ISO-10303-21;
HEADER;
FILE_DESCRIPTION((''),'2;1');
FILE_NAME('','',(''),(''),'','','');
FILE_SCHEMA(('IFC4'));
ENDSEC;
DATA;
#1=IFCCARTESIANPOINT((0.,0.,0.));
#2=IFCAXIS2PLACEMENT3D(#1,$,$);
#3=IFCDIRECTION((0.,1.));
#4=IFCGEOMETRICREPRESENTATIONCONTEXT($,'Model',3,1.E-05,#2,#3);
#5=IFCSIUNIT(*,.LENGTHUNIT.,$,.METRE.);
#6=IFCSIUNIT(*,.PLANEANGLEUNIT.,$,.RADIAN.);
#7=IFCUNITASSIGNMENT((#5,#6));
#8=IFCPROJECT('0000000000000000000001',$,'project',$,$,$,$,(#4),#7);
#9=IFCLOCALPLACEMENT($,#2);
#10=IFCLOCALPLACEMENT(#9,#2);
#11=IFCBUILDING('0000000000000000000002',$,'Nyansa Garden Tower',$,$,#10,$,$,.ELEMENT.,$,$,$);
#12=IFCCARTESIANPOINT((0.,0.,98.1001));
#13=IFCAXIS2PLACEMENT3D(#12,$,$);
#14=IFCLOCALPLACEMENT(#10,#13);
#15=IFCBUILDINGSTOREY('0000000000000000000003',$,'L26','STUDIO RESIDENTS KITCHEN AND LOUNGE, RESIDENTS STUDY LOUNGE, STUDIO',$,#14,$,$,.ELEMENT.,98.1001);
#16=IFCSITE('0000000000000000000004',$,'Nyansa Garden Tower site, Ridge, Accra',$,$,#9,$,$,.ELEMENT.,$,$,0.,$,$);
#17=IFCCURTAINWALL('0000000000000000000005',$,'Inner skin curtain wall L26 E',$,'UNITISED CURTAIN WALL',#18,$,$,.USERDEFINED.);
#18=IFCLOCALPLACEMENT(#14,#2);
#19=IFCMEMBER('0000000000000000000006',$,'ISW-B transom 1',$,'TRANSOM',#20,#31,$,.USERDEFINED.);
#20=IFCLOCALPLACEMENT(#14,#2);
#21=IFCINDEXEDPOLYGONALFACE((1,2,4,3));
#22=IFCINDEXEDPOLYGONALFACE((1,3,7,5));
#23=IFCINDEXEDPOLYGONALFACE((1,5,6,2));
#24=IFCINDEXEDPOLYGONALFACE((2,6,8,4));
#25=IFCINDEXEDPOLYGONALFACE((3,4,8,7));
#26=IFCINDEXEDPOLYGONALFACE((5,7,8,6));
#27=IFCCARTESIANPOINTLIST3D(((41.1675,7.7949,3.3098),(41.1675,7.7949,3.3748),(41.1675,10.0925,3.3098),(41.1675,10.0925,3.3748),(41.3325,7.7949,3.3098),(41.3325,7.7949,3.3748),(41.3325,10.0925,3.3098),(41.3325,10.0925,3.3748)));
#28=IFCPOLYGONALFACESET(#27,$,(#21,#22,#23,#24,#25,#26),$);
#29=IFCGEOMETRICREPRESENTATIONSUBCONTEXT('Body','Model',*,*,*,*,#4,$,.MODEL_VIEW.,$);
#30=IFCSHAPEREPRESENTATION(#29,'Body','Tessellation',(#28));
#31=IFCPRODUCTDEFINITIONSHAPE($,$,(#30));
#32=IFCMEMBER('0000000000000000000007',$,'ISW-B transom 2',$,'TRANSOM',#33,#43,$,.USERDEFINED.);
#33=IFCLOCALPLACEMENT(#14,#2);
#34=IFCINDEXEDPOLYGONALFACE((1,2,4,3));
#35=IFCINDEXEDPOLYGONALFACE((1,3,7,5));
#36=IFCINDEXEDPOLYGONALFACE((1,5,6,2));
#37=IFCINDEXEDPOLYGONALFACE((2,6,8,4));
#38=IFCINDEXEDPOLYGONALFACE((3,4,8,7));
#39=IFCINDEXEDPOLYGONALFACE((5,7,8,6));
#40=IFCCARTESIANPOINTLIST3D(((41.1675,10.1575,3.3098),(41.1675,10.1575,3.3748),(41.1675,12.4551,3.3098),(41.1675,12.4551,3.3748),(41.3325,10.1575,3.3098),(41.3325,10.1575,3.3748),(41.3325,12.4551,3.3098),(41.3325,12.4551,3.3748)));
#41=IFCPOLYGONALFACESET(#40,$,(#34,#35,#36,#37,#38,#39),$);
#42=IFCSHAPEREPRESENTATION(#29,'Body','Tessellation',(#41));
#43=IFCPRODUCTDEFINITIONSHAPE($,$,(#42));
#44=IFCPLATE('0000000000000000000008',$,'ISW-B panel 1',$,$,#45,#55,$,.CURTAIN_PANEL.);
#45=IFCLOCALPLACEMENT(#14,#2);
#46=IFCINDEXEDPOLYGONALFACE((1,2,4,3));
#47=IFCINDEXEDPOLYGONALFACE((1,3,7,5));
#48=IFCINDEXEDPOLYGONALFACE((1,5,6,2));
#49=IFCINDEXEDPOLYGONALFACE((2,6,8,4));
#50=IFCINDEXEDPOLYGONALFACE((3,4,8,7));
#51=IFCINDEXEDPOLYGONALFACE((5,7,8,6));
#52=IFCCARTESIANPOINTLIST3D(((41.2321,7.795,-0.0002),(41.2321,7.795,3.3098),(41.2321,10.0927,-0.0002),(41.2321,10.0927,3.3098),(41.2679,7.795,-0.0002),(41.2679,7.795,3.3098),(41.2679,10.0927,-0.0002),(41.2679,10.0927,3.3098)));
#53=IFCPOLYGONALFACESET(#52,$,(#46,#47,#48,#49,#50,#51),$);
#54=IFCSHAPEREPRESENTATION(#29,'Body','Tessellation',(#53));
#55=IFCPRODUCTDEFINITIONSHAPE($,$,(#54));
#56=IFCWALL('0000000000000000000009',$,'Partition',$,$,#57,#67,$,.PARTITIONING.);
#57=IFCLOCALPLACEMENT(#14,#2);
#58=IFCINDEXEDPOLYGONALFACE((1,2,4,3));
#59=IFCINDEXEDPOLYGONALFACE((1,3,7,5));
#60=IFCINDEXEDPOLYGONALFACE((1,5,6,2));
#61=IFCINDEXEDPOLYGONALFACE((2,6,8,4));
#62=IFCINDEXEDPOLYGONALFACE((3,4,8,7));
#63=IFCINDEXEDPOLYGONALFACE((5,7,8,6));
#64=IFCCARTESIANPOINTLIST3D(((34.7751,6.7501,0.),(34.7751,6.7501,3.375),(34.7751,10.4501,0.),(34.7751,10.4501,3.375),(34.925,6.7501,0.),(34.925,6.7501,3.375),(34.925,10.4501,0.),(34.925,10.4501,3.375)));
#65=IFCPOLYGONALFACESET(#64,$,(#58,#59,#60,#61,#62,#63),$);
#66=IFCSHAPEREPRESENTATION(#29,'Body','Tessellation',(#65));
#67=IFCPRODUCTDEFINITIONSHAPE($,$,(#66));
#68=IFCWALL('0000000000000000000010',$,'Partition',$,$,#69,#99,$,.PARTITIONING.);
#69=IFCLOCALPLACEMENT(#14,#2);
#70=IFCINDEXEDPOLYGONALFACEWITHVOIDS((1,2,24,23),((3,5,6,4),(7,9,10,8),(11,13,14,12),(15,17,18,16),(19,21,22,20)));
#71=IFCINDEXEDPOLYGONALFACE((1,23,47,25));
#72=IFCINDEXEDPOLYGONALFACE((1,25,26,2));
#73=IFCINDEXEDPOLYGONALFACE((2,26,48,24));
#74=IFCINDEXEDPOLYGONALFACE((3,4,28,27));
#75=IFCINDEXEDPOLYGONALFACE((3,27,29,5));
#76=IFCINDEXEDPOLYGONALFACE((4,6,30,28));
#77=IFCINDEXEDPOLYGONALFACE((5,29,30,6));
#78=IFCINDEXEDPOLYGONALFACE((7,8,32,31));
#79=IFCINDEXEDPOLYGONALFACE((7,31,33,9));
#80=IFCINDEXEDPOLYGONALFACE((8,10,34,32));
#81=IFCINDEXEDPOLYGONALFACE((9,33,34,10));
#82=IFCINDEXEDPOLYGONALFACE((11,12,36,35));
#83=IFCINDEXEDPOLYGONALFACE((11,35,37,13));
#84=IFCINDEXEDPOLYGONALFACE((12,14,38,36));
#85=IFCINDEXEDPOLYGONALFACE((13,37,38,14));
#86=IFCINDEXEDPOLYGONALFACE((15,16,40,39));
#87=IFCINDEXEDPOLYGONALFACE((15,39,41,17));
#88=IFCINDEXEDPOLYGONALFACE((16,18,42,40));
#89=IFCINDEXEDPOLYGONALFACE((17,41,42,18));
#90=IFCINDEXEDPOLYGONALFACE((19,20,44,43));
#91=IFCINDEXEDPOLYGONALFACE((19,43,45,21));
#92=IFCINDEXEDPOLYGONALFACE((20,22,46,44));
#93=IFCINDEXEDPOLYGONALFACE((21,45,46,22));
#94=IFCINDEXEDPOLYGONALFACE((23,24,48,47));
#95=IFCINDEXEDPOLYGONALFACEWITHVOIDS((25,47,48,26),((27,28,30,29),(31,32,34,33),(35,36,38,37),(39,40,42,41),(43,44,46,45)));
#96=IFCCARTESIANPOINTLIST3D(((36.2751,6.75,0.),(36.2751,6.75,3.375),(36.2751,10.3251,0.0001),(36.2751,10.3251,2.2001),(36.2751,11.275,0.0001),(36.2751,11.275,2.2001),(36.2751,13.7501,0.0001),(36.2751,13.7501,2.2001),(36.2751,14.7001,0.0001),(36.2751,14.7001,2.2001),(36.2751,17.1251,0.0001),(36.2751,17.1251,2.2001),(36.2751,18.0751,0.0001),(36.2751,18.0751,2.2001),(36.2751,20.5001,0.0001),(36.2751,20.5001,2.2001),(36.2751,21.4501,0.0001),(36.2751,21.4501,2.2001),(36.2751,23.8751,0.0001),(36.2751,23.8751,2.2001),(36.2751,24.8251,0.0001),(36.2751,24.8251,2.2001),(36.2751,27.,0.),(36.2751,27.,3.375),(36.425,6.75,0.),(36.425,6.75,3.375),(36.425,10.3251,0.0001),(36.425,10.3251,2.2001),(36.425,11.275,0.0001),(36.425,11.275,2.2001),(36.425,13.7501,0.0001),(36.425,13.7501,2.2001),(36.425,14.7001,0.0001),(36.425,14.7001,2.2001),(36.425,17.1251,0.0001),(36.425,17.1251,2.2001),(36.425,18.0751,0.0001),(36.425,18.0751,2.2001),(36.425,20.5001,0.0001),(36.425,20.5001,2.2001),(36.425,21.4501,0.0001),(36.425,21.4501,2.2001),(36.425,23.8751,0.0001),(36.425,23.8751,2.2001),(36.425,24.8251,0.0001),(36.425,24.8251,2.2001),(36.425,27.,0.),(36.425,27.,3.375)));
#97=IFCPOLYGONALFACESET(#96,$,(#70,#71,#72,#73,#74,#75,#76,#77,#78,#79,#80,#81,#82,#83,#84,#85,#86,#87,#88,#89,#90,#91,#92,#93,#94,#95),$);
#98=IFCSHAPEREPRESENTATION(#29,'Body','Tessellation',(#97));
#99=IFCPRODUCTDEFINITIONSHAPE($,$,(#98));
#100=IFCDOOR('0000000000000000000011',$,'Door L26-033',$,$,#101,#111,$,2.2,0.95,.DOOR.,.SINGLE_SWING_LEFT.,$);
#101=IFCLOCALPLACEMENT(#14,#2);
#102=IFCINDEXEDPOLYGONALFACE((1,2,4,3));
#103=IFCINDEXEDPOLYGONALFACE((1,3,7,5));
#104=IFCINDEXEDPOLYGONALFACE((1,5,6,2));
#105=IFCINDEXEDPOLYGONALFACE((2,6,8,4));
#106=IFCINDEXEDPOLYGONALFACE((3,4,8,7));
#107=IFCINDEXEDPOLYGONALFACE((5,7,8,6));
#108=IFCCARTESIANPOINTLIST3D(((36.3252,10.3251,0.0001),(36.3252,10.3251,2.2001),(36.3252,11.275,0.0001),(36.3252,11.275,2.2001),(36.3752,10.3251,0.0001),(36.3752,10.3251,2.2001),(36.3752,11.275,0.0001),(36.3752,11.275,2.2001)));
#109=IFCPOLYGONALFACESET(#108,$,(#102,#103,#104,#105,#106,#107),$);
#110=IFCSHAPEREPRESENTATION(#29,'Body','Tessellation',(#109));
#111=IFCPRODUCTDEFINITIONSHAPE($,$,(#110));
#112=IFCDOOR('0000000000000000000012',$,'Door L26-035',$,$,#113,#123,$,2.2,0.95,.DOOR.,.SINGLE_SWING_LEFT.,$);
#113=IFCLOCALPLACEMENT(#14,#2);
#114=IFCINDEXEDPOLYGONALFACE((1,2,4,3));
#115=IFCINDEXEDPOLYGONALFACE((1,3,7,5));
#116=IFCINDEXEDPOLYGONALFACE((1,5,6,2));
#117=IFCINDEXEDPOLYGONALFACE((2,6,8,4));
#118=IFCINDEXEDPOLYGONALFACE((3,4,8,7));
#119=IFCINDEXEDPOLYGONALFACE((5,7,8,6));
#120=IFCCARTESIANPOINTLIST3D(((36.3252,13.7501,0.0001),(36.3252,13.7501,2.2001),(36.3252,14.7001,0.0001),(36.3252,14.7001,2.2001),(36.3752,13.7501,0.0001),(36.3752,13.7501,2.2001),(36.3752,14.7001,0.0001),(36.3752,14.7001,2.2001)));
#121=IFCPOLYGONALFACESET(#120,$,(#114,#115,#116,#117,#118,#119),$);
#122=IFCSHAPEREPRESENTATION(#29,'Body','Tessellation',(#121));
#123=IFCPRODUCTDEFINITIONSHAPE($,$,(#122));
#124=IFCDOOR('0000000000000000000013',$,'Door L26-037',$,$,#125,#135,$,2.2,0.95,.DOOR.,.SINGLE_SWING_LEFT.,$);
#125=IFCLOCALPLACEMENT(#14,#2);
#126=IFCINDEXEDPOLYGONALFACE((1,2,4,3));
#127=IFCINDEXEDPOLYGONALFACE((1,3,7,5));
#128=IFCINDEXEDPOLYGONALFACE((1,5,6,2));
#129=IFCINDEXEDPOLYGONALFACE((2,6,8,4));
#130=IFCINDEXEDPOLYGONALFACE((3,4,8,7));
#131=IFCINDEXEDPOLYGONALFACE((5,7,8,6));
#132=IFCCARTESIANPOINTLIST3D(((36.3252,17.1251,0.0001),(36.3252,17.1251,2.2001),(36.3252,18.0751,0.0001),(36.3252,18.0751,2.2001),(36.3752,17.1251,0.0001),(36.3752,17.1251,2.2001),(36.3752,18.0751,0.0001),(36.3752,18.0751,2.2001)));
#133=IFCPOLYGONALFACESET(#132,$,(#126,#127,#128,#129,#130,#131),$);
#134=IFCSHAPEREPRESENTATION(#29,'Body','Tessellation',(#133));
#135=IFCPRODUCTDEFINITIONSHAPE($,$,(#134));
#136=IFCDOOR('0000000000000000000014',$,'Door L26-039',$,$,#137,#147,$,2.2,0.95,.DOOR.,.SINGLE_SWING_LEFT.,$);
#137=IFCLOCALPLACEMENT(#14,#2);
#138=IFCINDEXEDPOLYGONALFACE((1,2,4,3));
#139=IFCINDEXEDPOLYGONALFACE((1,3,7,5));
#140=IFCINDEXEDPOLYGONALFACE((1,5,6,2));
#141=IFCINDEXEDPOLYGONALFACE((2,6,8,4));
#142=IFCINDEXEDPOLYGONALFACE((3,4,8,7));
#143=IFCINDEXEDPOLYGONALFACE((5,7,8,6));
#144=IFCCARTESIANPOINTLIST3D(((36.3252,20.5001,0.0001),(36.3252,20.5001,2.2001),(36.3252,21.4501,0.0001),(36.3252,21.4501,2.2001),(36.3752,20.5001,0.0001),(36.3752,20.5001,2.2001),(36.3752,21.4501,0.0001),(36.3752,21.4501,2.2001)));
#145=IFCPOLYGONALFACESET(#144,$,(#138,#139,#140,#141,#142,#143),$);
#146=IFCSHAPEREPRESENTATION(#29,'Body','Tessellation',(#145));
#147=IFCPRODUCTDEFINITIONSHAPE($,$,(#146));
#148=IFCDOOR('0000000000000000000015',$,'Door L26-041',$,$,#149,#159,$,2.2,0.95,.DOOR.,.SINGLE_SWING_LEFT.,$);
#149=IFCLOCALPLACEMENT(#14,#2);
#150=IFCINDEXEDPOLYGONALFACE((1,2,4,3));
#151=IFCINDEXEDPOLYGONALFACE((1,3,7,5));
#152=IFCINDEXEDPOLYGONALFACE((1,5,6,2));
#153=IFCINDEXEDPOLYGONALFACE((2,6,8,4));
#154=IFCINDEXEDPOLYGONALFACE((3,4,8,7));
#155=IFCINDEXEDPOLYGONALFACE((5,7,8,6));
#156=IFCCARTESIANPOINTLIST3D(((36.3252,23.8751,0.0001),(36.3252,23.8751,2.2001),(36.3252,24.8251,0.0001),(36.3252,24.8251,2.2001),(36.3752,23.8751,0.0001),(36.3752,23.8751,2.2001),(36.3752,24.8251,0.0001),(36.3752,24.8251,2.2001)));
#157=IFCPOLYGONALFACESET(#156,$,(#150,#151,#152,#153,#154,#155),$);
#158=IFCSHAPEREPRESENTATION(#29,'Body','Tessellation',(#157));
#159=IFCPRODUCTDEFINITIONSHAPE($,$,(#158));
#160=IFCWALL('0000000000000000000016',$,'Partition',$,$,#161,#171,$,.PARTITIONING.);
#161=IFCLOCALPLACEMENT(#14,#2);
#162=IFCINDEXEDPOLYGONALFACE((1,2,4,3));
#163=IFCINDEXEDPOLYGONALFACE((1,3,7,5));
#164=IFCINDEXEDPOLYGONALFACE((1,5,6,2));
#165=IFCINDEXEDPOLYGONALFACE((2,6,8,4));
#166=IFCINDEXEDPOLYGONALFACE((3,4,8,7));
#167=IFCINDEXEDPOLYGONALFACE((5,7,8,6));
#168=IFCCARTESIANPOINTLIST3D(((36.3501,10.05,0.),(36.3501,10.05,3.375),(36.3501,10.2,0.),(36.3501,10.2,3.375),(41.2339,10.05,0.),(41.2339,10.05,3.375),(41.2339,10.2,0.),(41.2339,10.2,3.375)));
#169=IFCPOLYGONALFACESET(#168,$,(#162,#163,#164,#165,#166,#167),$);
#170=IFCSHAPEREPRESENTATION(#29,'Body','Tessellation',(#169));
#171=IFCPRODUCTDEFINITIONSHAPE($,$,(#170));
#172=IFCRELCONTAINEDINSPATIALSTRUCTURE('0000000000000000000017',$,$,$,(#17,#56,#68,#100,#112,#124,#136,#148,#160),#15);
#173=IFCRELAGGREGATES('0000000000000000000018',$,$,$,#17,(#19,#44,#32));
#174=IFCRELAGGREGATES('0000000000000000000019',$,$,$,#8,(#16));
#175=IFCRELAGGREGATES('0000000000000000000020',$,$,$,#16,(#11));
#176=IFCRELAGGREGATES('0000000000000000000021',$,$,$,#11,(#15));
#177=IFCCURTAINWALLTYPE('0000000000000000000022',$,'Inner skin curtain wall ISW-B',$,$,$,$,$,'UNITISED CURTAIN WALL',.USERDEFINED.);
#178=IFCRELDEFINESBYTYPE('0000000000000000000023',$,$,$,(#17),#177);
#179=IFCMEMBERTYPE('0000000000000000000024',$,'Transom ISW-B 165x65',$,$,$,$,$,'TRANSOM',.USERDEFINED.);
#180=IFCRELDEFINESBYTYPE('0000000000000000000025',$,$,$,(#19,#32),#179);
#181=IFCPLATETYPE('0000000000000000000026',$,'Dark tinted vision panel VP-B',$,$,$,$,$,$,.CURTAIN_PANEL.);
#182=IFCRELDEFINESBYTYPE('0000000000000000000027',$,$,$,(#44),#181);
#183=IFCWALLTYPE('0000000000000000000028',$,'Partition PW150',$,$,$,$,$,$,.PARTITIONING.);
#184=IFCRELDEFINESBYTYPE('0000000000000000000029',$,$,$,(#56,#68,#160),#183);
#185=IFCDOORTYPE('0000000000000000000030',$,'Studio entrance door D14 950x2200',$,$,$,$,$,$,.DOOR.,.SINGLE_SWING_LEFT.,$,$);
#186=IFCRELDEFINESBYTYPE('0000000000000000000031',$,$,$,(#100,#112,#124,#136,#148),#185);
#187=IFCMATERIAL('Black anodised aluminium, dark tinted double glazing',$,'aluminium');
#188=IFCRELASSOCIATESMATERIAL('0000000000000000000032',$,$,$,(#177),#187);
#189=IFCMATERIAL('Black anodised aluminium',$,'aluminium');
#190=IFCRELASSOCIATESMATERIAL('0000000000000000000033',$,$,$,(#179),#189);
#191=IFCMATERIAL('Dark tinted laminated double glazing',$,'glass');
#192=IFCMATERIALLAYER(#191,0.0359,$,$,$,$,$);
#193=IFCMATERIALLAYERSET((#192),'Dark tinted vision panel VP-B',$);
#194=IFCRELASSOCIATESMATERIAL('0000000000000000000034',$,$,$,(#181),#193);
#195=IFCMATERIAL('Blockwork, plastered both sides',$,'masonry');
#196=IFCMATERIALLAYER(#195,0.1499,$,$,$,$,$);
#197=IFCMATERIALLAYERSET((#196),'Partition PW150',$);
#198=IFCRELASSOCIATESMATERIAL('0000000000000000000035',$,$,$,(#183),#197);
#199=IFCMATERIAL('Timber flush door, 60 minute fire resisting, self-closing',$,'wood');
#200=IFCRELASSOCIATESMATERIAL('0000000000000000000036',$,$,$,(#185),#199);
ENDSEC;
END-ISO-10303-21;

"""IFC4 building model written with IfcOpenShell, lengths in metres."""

from ifc_helpers import new_model, si_unit, direction, frame, frame_2d, origin, origin_2d, place, context, subcontext, project, spatial, rectangle, extrude, material, layer, layer_set, material_profile, profile_set, type_object, element, fill, aggregate, save


model = new_model("IFC4")

# Units and contexts
model_context = context("Model", 3, precision=1e-05, world=origin(), true_north=direction((0.0, 1.0)))
body_context = subcontext(model_context, "Body", "Model", "MODEL_VIEW")
ifc_project = project(units=[si_unit("LENGTHUNIT", "METRE"), si_unit("PLANEANGLEUNIT", "RADIAN")], contexts=[model_context])

# Site, building, storey
site_placement = place(None, origin())
site = spatial("IfcSite", under=ifc_project, at=site_placement, Name="Nyansa Garden Tower site, Ridge, Accra", CompositionType="ELEMENT", RefElevation=0.0)
building_placement = place(site_placement, origin())
building = spatial("IfcBuilding", under=site, at=building_placement, Name="Nyansa Garden Tower", CompositionType="ELEMENT")
storey_placement = place(building_placement, frame((0.0, 0.0, 98.1001)))
storey = spatial("IfcBuildingStorey", under=building, at=storey_placement, Name="L26", Description="STUDIO RESIDENTS KITCHEN AND LOUNGE, RESIDENTS STUDY LOUNGE, STUDIO", CompositionType="ELEMENT", Elevation=98.1001)

# Curtain wall
ifc_material_1 = material(Name="Black anodised aluminium, dark tinted double glazing", Category="aluminium")
curtain_wall_type = type_object("IfcCurtainWallType", Name="Inner skin curtain wall ISW-B", ElementType="UNITISED CURTAIN WALL", PredefinedType="USERDEFINED", material=ifc_material_1)
curtain_wall_placement = place(storey_placement, origin())
curtain_wall = element("IfcCurtainWall", 1, at=curtain_wall_placement, inside=storey, type_object=curtain_wall_type, Name="Inner skin curtain wall L26 E", ObjectType="UNITISED CURTAIN WALL", PredefinedType="USERDEFINED")

# Members
ifc_material_2 = material(Name="Black anodised aluminium", Category="aluminium")
ifc_material_profile_1 = material_profile(ifc_material_2, rectangle(XDim=0.165, YDim=0.0649, at=origin_2d()), Name="Transom 165x65")
ifc_profile_set_1 = profile_set([ifc_material_profile_1], Name="Black anodised aluminium")
member_type_1 = type_object("IfcMemberType", Name="Transom ISW-B 165x65", ElementType="TRANSOM", PredefinedType="USERDEFINED", material=ifc_profile_set_1)
member_1_placement = place(storey_placement, frame((41.25, 7.7949, 3.3423), z_axis=(0.0, 1.0, 0.0), x_axis=(-1.0, 0.0, 0.0)))
member_1 = element("IfcMember", 2, at=member_1_placement, type_object=member_type_1, Name="ISW-B transom 1", ObjectType="TRANSOM", PredefinedType="USERDEFINED", context=body_context, shape_type="SweptSolid", body=[
    extrude(rectangle(XDim=0.165, YDim=0.0649, at=origin_2d()), origin(), (0.0, 0.0, 1.0), 2.2976),
])
member_2_placement = place(storey_placement, frame((41.25, 10.1575, 3.3423), z_axis=(0.0, 1.0, 0.0), x_axis=(-1.0, 0.0, 0.0)))
member_2 = element("IfcMember", 3, at=member_2_placement, type_object=member_type_1, Name="ISW-B transom 2", ObjectType="TRANSOM", PredefinedType="USERDEFINED", context=body_context, shape_type="SweptSolid", body=[
    extrude(rectangle(XDim=0.165, YDim=0.0649, at=origin_2d()), origin(), (0.0, 0.0, 1.0), 2.2976),
])

# Plate
ifc_material_3 = material(Name="Dark tinted laminated double glazing", Category="glass")
ifc_layer_1 = layer(ifc_material_3, 0.0359)
ifc_layer_set_1 = layer_set([ifc_layer_1], Name="Dark tinted vision panel VP-B")
plate_type = type_object("IfcPlateType", Name="Dark tinted vision panel VP-B", PredefinedType="CURTAIN_PANEL", material=ifc_layer_set_1)
plate_placement = place(storey_placement, frame((41.25, 8.9438, -0.0002), z_axis=(0.0, 0.0, 1.0), x_axis=(0.0, 1.0, 0.0)))
plate = element("IfcPlate", 4, at=plate_placement, type_object=plate_type, Name="ISW-B panel 1", PredefinedType="CURTAIN_PANEL", context=body_context, shape_type="SweptSolid", body=[
    extrude(rectangle(XDim=2.2976, YDim=0.0359, at=origin_2d()), origin(), (0.0, 0.0, 1.0), 3.3101),
])
aggregate(curtain_wall, [member_1, plate, member_2])

# Wall
ifc_material_4 = material(Name="Blockwork, plastered both sides", Category="masonry")
ifc_layer_2 = layer(ifc_material_4, 0.1499)
ifc_layer_set_2 = layer_set([ifc_layer_2], Name="Partition PW150")
wall_type = type_object("IfcWallType", Name="Partition PW150", PredefinedType="PARTITIONING", material=ifc_layer_set_2)
wall_1_placement = place(storey_placement, frame((34.8501, 6.75, 0.0), z_axis=(0.0, 0.0, 1.0), x_axis=(0.0, 1.0, 0.0)))
element("IfcWall", 5, at=wall_1_placement, inside=storey, type_object=wall_type, Name="Partition", PredefinedType="PARTITIONING", context=body_context, shape_type="SweptSolid", body=[
    extrude(rectangle(XDim=3.7, YDim=0.1499, at=frame_2d((1.8501, 0.0))), origin(), (0.0, 0.0, 1.0), 3.375),
])

# Wall, openings, doors
wall_2_placement = place(storey_placement, frame((36.3501, 6.75, 0.0), z_axis=(0.0, 0.0, 1.0), x_axis=(0.0, 1.0, 0.0)))
wall_2 = element("IfcWall", 6, at=wall_2_placement, inside=storey, type_object=wall_type, Name="Partition", PredefinedType="PARTITIONING", context=body_context, shape_type="SweptSolid", body=[
    extrude(rectangle(XDim=20.25, YDim=0.1499, at=frame_2d((10.125, 0.0))), origin(), (0.0, 0.0, 1.0), 3.375),
])
opening_1_placement = place(wall_2_placement, frame((3.575, 0.0, 0.0)))
opening_1 = element("IfcOpeningElement", 7, at=opening_1_placement, cuts=wall_2, PredefinedType="OPENING", context=body_context, shape_type="SweptSolid", body=[
    extrude(rectangle(XDim=0.95, YDim=2.2, at=frame_2d((0.4751, 1.1001))), frame((0.0, 0.085, 0.0), z_axis=(0.0, -1.0, 0.0), x_axis=(1.0, 0.0, 0.0)), (0.0, 0.0, 1.0), 0.1699),
])
opening_2_placement = place(wall_2_placement, frame((7.0, 0.0, 0.0)))
opening_2 = element("IfcOpeningElement", 8, at=opening_2_placement, cuts=wall_2, PredefinedType="OPENING", context=body_context, shape_type="SweptSolid", body=[
    extrude(rectangle(XDim=0.95, YDim=2.2, at=frame_2d((0.4751, 1.1001))), frame((0.0, 0.085, 0.0), z_axis=(0.0, -1.0, 0.0), x_axis=(1.0, 0.0, 0.0)), (0.0, 0.0, 1.0), 0.1699),
])
opening_3_placement = place(wall_2_placement, frame((10.375, 0.0, 0.0)))
opening_3 = element("IfcOpeningElement", 9, at=opening_3_placement, cuts=wall_2, PredefinedType="OPENING", context=body_context, shape_type="SweptSolid", body=[
    extrude(rectangle(XDim=0.95, YDim=2.2, at=frame_2d((0.4751, 1.1001))), frame((0.0, 0.085, 0.0), z_axis=(0.0, -1.0, 0.0), x_axis=(1.0, 0.0, 0.0)), (0.0, 0.0, 1.0), 0.1699),
])
opening_4_placement = place(wall_2_placement, frame((13.75, 0.0, 0.0)))
opening_4 = element("IfcOpeningElement", 10, at=opening_4_placement, cuts=wall_2, PredefinedType="OPENING", context=body_context, shape_type="SweptSolid", body=[
    extrude(rectangle(XDim=0.95, YDim=2.2, at=frame_2d((0.4751, 1.1001))), frame((0.0, 0.085, 0.0), z_axis=(0.0, -1.0, 0.0), x_axis=(1.0, 0.0, 0.0)), (0.0, 0.0, 1.0), 0.1699),
])
opening_5_placement = place(wall_2_placement, frame((17.125, 0.0, 0.0)))
opening_5 = element("IfcOpeningElement", 11, at=opening_5_placement, cuts=wall_2, PredefinedType="OPENING", context=body_context, shape_type="SweptSolid", body=[
    extrude(rectangle(XDim=0.95, YDim=2.2, at=frame_2d((0.4751, 1.1001))), frame((0.0, 0.085, 0.0), z_axis=(0.0, -1.0, 0.0), x_axis=(1.0, 0.0, 0.0)), (0.0, 0.0, 1.0), 0.1699),
])
ifc_material_5 = material(Name="Timber flush door, 60 minute fire resisting, self-closing", Category="wood")
door_type = type_object("IfcDoorType", Name="Studio entrance door D14 950x2200", OperationType="SINGLE_SWING_LEFT", PredefinedType="DOOR", material=ifc_material_5)
door_1_placement = place(opening_1_placement, origin())
door_1 = element("IfcDoor", 12, at=door_1_placement, inside=storey, type_object=door_type, Name="Door L26-033", OperationType="SINGLE_SWING_LEFT", OverallHeight=2.2, OverallWidth=0.95, PredefinedType="DOOR", context=body_context, shape_type="SweptSolid", body=[
    extrude(rectangle(XDim=0.95, YDim=2.2, at=frame_2d((0.4751, 1.1001))), frame((0.0, 0.0249, 0.0), z_axis=(0.0, -1.0, 0.0), x_axis=(1.0, 0.0, 0.0)), (0.0, 0.0, 1.0), 0.05),
])
fill(opening_1, door_1)
door_2_placement = place(opening_2_placement, origin())
door_2 = element("IfcDoor", 13, at=door_2_placement, inside=storey, type_object=door_type, Name="Door L26-035", OperationType="SINGLE_SWING_LEFT", OverallHeight=2.2, OverallWidth=0.95, PredefinedType="DOOR", context=body_context, shape_type="SweptSolid", body=[
    extrude(rectangle(XDim=0.95, YDim=2.2, at=frame_2d((0.4751, 1.1001))), frame((0.0, 0.0249, 0.0), z_axis=(0.0, -1.0, 0.0), x_axis=(1.0, 0.0, 0.0)), (0.0, 0.0, 1.0), 0.05),
])
fill(opening_2, door_2)
door_3_placement = place(opening_3_placement, origin())
door_3 = element("IfcDoor", 14, at=door_3_placement, inside=storey, type_object=door_type, Name="Door L26-037", OperationType="SINGLE_SWING_LEFT", OverallHeight=2.2, OverallWidth=0.95, PredefinedType="DOOR", context=body_context, shape_type="SweptSolid", body=[
    extrude(rectangle(XDim=0.95, YDim=2.2, at=frame_2d((0.4751, 1.1001))), frame((0.0, 0.0249, 0.0), z_axis=(0.0, -1.0, 0.0), x_axis=(1.0, 0.0, 0.0)), (0.0, 0.0, 1.0), 0.05),
])
fill(opening_3, door_3)
door_4_placement = place(opening_4_placement, origin())
door_4 = element("IfcDoor", 15, at=door_4_placement, inside=storey, type_object=door_type, Name="Door L26-039", OperationType="SINGLE_SWING_LEFT", OverallHeight=2.2, OverallWidth=0.95, PredefinedType="DOOR", context=body_context, shape_type="SweptSolid", body=[
    extrude(rectangle(XDim=0.95, YDim=2.2, at=frame_2d((0.4751, 1.1001))), frame((0.0, 0.0249, 0.0), z_axis=(0.0, -1.0, 0.0), x_axis=(1.0, 0.0, 0.0)), (0.0, 0.0, 1.0), 0.05),
])
fill(opening_4, door_4)
door_5_placement = place(opening_5_placement, origin())
door_5 = element("IfcDoor", 16, at=door_5_placement, inside=storey, type_object=door_type, Name="Door L26-041", OperationType="SINGLE_SWING_LEFT", OverallHeight=2.2, OverallWidth=0.95, PredefinedType="DOOR", context=body_context, shape_type="SweptSolid", body=[
    extrude(rectangle(XDim=0.95, YDim=2.2, at=frame_2d((0.4751, 1.1001))), frame((0.0, 0.0249, 0.0), z_axis=(0.0, -1.0, 0.0), x_axis=(1.0, 0.0, 0.0)), (0.0, 0.0, 1.0), 0.05),
])
fill(opening_5, door_5)

# Wall
wall_3_placement = place(storey_placement, frame((36.3501, 10.125, 0.0), z_axis=(0.0, 0.0, 1.0), x_axis=(1.0, 0.0, 0.0)))
element("IfcWall", 17, at=wall_3_placement, inside=storey, type_object=wall_type, Name="Partition", PredefinedType="PARTITIONING", context=body_context, shape_type="SweptSolid", body=[
    extrude(rectangle(XDim=4.8838, YDim=0.1499, at=frame_2d((2.4419, 0.0))), origin(), (0.0, 0.0, 1.0), 3.375),
])

save(model, "model.ifc")
